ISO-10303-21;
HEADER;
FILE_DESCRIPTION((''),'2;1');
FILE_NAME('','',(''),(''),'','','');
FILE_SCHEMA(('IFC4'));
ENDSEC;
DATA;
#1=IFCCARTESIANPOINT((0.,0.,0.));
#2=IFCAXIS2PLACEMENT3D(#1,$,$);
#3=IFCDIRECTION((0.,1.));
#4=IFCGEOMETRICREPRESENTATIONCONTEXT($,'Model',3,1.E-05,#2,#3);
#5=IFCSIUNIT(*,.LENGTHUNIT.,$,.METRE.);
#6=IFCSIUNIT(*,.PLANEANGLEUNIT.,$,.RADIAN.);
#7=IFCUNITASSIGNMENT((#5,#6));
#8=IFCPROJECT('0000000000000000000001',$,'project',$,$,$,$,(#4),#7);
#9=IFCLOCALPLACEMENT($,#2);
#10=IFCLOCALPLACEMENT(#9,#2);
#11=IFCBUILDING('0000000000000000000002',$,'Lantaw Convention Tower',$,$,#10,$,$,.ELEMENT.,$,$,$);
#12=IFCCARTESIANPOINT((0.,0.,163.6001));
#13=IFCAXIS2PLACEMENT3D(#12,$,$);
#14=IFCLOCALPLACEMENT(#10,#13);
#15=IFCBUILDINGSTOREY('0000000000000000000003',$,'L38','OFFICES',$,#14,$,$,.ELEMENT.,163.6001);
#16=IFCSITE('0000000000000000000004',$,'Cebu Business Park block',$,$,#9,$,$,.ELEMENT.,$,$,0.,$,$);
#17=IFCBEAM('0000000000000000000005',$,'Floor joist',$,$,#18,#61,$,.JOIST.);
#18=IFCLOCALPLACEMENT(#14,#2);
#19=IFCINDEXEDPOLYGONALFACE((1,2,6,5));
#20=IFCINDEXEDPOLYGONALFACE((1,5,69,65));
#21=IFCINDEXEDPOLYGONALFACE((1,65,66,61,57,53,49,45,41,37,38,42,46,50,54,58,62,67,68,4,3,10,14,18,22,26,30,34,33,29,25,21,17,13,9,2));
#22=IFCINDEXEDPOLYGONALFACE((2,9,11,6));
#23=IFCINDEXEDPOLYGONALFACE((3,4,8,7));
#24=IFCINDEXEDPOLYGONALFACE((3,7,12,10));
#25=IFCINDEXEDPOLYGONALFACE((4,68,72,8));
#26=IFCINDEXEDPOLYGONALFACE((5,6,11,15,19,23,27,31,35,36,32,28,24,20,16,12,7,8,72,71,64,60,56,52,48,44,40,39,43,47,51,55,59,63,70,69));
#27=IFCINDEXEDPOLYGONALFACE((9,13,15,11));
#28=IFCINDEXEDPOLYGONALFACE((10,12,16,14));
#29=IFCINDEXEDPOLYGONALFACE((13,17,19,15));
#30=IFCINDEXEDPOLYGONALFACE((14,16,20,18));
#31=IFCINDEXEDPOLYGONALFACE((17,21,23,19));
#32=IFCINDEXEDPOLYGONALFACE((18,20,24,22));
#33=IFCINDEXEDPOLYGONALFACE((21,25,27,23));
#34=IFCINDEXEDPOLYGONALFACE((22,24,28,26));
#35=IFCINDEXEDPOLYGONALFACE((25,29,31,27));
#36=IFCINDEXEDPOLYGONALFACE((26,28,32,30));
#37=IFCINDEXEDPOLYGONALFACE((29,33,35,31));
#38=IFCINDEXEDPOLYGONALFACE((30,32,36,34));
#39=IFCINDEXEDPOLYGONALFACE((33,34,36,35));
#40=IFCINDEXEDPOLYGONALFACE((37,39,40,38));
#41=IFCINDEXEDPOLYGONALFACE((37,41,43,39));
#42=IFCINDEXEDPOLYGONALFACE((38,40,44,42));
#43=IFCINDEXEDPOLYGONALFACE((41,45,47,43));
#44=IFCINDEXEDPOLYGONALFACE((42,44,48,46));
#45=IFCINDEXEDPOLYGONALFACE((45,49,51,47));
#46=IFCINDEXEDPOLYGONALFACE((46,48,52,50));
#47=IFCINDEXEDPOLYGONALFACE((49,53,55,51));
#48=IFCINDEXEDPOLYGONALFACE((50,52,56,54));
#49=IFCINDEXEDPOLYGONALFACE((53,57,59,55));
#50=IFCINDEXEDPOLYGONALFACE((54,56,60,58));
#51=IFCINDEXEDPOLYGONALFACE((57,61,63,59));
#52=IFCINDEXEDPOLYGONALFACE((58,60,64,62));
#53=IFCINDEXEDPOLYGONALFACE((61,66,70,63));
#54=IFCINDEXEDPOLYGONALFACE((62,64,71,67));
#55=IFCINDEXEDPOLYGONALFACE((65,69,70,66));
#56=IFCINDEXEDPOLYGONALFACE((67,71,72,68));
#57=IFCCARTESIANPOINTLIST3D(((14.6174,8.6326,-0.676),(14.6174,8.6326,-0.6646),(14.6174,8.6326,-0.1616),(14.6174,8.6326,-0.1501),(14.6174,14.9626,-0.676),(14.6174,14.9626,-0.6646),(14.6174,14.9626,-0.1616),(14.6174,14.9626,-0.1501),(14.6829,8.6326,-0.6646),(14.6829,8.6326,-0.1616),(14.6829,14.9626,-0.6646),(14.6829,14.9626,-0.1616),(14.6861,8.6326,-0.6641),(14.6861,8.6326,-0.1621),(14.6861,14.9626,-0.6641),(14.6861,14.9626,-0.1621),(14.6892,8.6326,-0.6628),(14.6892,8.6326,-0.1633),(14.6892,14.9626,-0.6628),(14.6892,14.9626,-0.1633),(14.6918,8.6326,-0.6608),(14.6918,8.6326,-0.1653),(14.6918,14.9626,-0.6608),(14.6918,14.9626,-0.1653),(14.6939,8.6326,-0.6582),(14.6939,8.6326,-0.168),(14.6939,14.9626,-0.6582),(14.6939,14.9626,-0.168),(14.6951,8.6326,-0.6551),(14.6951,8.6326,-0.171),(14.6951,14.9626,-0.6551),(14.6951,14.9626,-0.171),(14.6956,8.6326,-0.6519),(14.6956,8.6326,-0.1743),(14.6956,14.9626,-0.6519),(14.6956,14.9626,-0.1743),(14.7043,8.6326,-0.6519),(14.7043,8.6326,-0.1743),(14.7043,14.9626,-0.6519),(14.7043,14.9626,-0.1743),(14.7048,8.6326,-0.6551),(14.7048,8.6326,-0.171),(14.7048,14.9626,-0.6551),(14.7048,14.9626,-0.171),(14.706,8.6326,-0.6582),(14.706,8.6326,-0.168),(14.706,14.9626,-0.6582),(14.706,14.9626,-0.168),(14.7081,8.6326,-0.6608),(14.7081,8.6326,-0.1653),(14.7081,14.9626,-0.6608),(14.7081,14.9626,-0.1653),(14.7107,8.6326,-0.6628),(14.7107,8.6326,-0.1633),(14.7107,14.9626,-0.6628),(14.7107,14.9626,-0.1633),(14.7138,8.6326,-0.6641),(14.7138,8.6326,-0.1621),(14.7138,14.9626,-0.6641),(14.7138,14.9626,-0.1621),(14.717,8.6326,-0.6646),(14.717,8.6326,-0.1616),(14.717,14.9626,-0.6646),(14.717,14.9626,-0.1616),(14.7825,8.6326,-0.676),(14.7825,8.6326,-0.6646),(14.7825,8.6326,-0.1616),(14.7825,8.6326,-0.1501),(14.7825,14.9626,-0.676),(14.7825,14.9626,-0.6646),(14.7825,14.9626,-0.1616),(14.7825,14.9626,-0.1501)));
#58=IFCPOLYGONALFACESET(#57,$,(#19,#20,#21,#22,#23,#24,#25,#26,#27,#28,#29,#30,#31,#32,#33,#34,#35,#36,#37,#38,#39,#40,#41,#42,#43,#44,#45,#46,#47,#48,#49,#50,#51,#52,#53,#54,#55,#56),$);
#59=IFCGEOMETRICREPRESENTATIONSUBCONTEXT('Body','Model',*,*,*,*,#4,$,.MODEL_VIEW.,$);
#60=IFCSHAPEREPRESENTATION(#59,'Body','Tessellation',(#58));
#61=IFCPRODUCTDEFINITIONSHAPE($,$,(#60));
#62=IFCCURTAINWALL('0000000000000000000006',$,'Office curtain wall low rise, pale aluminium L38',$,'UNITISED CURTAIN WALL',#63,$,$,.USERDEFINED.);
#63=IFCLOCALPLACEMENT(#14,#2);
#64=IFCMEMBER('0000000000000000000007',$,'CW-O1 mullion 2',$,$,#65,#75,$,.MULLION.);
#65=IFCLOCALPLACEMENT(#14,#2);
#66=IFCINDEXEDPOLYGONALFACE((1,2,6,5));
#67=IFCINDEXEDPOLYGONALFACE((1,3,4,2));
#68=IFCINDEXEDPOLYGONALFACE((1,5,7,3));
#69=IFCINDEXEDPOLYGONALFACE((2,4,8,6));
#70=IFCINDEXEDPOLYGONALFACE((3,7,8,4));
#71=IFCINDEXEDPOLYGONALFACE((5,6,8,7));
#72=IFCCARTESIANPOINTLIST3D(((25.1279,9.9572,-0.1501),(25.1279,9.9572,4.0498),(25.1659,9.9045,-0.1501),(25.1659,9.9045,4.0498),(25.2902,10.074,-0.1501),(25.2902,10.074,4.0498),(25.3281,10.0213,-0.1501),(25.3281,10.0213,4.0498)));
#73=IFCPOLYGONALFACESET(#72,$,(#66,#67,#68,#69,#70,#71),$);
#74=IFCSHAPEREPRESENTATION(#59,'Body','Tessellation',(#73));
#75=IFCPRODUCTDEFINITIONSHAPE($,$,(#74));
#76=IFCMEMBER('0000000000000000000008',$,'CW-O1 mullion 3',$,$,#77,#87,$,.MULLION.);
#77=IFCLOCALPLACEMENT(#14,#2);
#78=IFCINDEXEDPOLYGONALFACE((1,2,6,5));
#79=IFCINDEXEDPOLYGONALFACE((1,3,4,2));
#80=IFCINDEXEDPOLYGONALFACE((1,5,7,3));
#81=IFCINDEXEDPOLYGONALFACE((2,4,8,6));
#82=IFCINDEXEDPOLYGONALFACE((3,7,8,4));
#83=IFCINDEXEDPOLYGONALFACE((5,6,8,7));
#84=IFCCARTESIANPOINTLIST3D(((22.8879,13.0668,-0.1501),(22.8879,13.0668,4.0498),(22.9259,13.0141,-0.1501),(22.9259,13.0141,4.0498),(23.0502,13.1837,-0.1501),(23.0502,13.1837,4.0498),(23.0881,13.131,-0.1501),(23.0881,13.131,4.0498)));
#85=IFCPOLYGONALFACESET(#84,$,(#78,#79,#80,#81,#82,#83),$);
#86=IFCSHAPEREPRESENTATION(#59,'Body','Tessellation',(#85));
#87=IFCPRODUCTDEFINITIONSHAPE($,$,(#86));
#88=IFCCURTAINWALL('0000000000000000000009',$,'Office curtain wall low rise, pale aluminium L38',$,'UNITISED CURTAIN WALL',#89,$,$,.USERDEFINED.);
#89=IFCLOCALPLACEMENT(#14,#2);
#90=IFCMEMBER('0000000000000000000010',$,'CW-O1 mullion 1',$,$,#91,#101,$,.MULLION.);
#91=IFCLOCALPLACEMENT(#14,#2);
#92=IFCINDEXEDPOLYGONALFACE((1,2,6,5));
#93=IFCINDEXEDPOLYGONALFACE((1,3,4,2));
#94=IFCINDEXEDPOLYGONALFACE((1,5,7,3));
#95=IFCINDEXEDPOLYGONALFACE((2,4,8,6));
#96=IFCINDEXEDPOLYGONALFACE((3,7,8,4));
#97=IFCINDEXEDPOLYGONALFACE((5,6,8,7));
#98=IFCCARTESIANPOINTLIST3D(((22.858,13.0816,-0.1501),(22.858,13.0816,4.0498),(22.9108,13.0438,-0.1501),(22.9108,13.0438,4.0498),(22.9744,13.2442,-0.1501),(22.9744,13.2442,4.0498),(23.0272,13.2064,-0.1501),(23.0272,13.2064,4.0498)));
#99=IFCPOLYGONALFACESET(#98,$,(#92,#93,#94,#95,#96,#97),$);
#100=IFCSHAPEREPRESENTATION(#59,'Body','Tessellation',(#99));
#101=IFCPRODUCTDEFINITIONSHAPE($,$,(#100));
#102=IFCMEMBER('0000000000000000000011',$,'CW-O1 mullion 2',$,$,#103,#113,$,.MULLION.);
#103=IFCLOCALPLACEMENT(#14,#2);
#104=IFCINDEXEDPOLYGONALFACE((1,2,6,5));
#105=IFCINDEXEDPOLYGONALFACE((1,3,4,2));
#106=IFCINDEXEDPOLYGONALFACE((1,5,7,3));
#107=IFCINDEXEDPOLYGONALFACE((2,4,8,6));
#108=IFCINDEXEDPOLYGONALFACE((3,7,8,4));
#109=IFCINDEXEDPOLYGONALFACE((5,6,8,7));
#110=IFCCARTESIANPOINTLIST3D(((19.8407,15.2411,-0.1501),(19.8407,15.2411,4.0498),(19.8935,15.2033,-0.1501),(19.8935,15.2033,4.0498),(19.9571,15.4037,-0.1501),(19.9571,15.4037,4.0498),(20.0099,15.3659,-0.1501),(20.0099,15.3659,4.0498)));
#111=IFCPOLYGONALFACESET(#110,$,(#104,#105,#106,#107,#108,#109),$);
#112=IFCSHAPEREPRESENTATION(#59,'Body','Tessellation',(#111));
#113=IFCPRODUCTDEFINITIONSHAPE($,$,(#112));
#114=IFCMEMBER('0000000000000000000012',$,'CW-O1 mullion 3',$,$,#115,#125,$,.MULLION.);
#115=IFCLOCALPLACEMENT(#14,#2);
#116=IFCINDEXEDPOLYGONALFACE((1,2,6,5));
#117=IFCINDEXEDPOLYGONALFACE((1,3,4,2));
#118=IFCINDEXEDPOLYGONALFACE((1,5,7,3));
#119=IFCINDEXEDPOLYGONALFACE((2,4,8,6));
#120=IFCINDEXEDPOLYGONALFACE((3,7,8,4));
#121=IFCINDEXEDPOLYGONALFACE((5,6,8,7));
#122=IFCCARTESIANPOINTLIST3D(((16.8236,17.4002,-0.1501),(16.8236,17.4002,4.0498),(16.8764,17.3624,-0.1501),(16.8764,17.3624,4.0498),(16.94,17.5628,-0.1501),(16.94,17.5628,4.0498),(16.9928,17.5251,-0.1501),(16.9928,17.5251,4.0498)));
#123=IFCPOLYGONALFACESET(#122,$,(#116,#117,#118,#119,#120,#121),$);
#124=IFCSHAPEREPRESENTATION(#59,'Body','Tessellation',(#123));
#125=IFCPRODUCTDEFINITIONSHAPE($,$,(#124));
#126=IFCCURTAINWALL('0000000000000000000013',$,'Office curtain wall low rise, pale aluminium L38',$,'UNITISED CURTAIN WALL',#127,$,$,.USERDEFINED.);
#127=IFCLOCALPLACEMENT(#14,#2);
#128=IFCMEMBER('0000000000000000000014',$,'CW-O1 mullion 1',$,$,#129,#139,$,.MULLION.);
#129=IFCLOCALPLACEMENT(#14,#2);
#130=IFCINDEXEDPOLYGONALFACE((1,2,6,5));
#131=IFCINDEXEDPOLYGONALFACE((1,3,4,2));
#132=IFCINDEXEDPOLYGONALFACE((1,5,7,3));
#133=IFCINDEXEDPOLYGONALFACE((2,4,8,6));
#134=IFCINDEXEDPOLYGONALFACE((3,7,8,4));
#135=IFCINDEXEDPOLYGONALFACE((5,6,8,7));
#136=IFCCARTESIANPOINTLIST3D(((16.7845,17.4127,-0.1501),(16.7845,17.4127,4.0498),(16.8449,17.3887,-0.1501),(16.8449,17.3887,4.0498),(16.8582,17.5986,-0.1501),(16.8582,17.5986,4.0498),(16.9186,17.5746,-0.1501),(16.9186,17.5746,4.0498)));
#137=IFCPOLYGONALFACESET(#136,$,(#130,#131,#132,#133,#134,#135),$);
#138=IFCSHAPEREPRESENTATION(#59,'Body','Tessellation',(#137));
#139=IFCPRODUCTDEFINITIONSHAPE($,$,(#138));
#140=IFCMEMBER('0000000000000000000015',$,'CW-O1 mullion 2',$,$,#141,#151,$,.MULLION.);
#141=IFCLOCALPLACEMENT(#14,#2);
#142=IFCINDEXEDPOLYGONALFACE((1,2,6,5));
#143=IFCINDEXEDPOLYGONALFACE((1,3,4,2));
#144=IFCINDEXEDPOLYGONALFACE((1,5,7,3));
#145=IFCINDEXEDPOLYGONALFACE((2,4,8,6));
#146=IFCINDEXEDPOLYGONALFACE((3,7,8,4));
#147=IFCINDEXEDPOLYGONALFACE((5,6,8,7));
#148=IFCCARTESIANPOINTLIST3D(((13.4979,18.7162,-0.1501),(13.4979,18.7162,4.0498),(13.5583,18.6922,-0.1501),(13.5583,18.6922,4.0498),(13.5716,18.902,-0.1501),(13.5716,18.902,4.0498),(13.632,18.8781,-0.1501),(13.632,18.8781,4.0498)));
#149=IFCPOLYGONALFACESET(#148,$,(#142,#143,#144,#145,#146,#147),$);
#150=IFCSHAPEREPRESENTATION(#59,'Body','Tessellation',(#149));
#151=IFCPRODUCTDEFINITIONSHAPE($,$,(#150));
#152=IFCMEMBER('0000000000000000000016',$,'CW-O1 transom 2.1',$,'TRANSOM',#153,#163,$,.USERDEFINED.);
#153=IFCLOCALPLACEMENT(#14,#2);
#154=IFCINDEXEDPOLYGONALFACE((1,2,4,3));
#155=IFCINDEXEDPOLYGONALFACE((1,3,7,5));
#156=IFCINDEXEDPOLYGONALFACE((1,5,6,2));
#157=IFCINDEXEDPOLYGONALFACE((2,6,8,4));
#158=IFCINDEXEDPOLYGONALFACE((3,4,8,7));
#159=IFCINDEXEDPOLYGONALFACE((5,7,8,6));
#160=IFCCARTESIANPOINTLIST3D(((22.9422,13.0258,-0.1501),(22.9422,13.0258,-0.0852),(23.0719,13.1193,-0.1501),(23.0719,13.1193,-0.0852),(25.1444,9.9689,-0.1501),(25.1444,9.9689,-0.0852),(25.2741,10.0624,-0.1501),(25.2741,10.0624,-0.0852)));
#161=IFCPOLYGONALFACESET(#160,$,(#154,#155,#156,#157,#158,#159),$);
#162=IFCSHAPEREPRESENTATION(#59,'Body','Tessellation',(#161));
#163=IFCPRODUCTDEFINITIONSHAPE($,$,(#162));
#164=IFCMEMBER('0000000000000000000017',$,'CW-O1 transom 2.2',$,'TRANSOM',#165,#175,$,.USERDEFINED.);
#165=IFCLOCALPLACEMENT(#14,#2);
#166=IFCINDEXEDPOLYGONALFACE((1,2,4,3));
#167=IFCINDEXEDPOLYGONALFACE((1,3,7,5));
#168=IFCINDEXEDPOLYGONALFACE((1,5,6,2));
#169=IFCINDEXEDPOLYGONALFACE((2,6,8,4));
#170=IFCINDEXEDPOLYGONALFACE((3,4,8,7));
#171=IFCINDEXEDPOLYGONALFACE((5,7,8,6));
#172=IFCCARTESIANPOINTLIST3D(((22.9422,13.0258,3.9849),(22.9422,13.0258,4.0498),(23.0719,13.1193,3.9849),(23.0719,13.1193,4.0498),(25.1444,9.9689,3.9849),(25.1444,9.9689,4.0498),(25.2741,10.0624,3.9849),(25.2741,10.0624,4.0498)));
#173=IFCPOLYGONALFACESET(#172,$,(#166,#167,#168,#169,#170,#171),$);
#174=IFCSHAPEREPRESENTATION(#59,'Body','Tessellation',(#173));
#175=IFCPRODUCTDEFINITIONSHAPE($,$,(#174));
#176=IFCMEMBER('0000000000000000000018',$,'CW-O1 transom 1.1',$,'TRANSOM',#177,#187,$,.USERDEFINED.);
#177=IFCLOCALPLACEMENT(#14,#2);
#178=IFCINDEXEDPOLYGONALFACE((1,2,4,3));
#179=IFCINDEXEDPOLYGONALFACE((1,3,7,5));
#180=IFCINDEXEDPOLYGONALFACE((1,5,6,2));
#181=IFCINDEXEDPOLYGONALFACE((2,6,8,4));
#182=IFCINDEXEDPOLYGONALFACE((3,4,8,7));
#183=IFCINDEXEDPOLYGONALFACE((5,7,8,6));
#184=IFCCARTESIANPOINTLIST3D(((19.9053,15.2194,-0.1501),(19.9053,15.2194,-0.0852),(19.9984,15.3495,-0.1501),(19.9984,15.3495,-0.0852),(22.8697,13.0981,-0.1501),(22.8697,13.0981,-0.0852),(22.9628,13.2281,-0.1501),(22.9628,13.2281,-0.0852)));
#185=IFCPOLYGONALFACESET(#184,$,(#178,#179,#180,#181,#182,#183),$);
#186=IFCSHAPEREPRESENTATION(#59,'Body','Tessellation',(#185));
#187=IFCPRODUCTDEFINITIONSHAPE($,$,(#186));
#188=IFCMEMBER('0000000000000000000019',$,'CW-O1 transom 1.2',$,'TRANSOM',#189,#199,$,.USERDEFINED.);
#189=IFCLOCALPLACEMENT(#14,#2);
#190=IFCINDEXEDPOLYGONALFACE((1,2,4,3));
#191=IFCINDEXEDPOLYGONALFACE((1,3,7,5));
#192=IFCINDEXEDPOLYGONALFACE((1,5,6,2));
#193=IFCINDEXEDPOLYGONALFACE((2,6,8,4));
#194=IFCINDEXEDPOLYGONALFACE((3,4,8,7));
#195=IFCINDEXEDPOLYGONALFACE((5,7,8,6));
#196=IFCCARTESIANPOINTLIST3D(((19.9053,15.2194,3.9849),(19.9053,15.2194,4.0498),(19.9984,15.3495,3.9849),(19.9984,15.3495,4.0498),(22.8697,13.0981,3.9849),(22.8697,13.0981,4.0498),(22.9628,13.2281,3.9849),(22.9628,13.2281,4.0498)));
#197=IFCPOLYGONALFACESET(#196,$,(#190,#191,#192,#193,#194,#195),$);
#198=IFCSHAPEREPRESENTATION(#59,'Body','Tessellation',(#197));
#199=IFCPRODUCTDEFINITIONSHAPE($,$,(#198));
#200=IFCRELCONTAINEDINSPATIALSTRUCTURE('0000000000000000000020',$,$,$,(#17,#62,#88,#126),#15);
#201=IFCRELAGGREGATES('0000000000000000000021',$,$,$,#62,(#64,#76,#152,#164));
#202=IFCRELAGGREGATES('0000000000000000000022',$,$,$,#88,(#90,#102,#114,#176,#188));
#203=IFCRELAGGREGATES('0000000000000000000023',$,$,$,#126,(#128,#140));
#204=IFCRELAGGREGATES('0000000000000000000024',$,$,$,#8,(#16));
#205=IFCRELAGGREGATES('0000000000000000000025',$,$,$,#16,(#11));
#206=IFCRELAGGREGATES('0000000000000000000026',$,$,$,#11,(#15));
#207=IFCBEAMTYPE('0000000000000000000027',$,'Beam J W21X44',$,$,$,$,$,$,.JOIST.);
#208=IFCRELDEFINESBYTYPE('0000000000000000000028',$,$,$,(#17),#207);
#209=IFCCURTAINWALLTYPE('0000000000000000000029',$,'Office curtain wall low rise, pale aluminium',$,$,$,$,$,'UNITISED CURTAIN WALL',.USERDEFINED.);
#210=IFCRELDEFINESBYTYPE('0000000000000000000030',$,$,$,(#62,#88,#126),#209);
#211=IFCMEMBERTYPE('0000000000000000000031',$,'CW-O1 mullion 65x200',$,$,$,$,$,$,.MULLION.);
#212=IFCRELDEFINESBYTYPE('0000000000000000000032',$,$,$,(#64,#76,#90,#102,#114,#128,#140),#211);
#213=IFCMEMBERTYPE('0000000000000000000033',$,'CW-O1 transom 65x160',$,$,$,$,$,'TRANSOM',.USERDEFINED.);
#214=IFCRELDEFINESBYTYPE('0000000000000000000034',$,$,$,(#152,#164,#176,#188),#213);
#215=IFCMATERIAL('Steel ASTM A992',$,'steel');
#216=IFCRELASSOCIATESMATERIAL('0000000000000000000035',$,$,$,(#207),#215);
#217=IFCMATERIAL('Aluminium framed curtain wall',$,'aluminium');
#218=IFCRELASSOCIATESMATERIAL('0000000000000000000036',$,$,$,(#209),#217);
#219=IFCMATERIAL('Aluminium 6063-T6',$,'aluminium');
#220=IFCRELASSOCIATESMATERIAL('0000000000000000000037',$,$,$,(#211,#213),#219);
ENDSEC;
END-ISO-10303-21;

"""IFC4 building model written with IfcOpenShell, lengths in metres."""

from ifc_helpers import new_model, si_unit, direction, frame, origin, origin_2d, place, context, subcontext, project, spatial, rectangle, i_section, extrude, material, material_profile, profile_set, type_object, element, aggregate, save


model = new_model("IFC4")

# Units and contexts
model_context = context("Model", 3, precision=1e-05, world=origin(), true_north=direction((0.0, 1.0)))
body_context = subcontext(model_context, "Body", "Model", "MODEL_VIEW")
ifc_project = project(units=[si_unit("LENGTHUNIT", "METRE"), si_unit("PLANEANGLEUNIT", "RADIAN")], contexts=[model_context])

# Site, building, storey
site_placement = place(None, origin())
site = spatial("IfcSite", under=ifc_project, at=site_placement, Name="Cebu Business Park block", CompositionType="ELEMENT", RefElevation=0.0)
building_placement = place(site_placement, origin())
building = spatial("IfcBuilding", under=site, at=building_placement, Name="Lantaw Convention Tower", CompositionType="ELEMENT")
storey_placement = place(building_placement, frame((0.0, 0.0, 163.6001)))
storey = spatial("IfcBuildingStorey", under=building, at=storey_placement, Name="L38", Description="OFFICES", CompositionType="ELEMENT", Elevation=163.6001)

# Beam
ifc_material_1 = material(Name="Steel ASTM A992", Category="steel")
ifc_material_profile_1 = material_profile(ifc_material_1, i_section(OverallWidth=0.165, OverallDepth=0.5259, WebThickness=0.0088, FlangeThickness=0.0115, FilletRadius=0.0127, at=origin_2d()), Name="W21X44")
ifc_profile_set_1 = profile_set([ifc_material_profile_1], Name="Steel ASTM A992")
beam_type_1 = type_object("IfcBeamType", Name="Beam J W21X44", PredefinedType="JOIST", material=ifc_profile_set_1)
beam_1_placement = place(storey_placement, frame((14.7, 8.6326, -0.4131), z_axis=(0.0, 1.0, 0.0), x_axis=(-1.0, 0.0, 0.0)))
element("IfcBeam", 1, at=beam_1_placement, inside=storey, type_object=beam_type_1, Name="Floor joist", PredefinedType="JOIST", context=body_context, shape_type="SweptSolid", body=[
    extrude(i_section(OverallWidth=0.165, OverallDepth=0.5259, WebThickness=0.0088, FlangeThickness=0.0115, FilletRadius=0.0127, at=origin_2d()), origin(), (0.0, 0.0, 1.0), 6.3301),
])

# Curtain walls, members
ifc_material_2 = material(Name="Aluminium framed curtain wall", Category="aluminium")
curtain_wall_type = type_object("IfcCurtainWallType", Name="Office curtain wall low rise, pale aluminium", ElementType="UNITISED CURTAIN WALL", PredefinedType="USERDEFINED", material=ifc_material_2)
curtain_wall_1_placement = place(storey_placement, origin())
curtain_wall_1 = element("IfcCurtainWall", 2, at=curtain_wall_1_placement, inside=storey, type_object=curtain_wall_type, Name="Office curtain wall low rise, pale aluminium L38", ObjectType="UNITISED CURTAIN WALL", PredefinedType="USERDEFINED")
ifc_material_3 = material(Name="Aluminium 6063-T6", Category="aluminium")
ifc_material_profile_2 = material_profile(ifc_material_3, rectangle(XDim=0.2, YDim=0.0649, at=origin_2d()), Name="CW-O1 mullion 65x200")
ifc_profile_set_2 = profile_set([ifc_material_profile_2], Name="Aluminium 6063-T6")
member_type_1 = type_object("IfcMemberType", Name="CW-O1 mullion 65x200", PredefinedType="MULLION", material=ifc_profile_set_2)
member_1_placement = place(storey_placement, frame((25.228, 9.9893, -0.1501), z_axis=(0.0, 0.0, 1.0), x_axis=(-0.811385, -0.584513, 0.0)))
member_1 = element("IfcMember", 3, at=member_1_placement, type_object=member_type_1, Name="CW-O1 mullion 2", PredefinedType="MULLION", context=body_context, shape_type="SweptSolid", body=[
    extrude(rectangle(XDim=0.2, YDim=0.0649, at=origin_2d()), origin(), (0.0, 0.0, 1.0), 4.2),
])
member_2_placement = place(storey_placement, frame((22.988, 13.0989, -0.1501), z_axis=(0.0, 0.0, 1.0), x_axis=(-0.811385, -0.584513, 0.0)))
member_2 = element("IfcMember", 4, at=member_2_placement, type_object=member_type_1, Name="CW-O1 mullion 3", PredefinedType="MULLION", context=body_context, shape_type="SweptSolid", body=[
    extrude(rectangle(XDim=0.2, YDim=0.0649, at=origin_2d()), origin(), (0.0, 0.0, 1.0), 4.2),
])
curtain_wall_2_placement = place(storey_placement, origin())
curtain_wall_2 = element("IfcCurtainWall", 5, at=curtain_wall_2_placement, inside=storey, type_object=curtain_wall_type, Name="Office curtain wall low rise, pale aluminium L38", ObjectType="UNITISED CURTAIN WALL", PredefinedType="USERDEFINED")
member_3_placement = place(storey_placement, frame((22.9426, 13.144, -0.1501), z_axis=(0.0, 0.0, 1.0), x_axis=(-0.581973, -0.813208, 0.0)))
member_3 = element("IfcMember", 6, at=member_3_placement, type_object=member_type_1, Name="CW-O1 mullion 1", PredefinedType="MULLION", context=body_context, shape_type="SweptSolid", body=[
    extrude(rectangle(XDim=0.2, YDim=0.0649, at=origin_2d()), origin(), (0.0, 0.0, 1.0), 4.2),
])
member_4_placement = place(storey_placement, frame((19.9253, 15.3035, -0.1501), z_axis=(0.0, 0.0, 1.0), x_axis=(-0.581973, -0.813208, 0.0)))
member_4 = element("IfcMember", 7, at=member_4_placement, type_object=member_type_1, Name="CW-O1 mullion 2", PredefinedType="MULLION", context=body_context, shape_type="SweptSolid", body=[
    extrude(rectangle(XDim=0.2, YDim=0.0649, at=origin_2d()), origin(), (0.0, 0.0, 1.0), 4.2),
])
member_5_placement = place(storey_placement, frame((16.9082, 17.4626, -0.1501), z_axis=(0.0, 0.0, 1.0), x_axis=(-0.581973, -0.813208, 0.0)))
member_5 = element("IfcMember", 8, at=member_5_placement, type_object=member_type_1, Name="CW-O1 mullion 3", PredefinedType="MULLION", context=body_context, shape_type="SweptSolid", body=[
    extrude(rectangle(XDim=0.2, YDim=0.0649, at=origin_2d()), origin(), (0.0, 0.0, 1.0), 4.2),
])
curtain_wall_3_placement = place(storey_placement, origin())
curtain_wall_3 = element("IfcCurtainWall", 9, at=curtain_wall_3_placement, inside=storey, type_object=curtain_wall_type, Name="Office curtain wall low rise, pale aluminium L38", ObjectType="UNITISED CURTAIN WALL", PredefinedType="USERDEFINED")
member_6_placement = place(storey_placement, frame((16.8516, 17.4937, -0.1501), z_axis=(0.0, 0.0, 1.0), x_axis=(-0.368702, -0.929548, 0.0)))
member_6 = element("IfcMember", 10, at=member_6_placement, type_object=member_type_1, Name="CW-O1 mullion 1", PredefinedType="MULLION", context=body_context, shape_type="SweptSolid", body=[
    extrude(rectangle(XDim=0.2, YDim=0.0649, at=origin_2d()), origin(), (0.0, 0.0, 1.0), 4.2),
])
member_7_placement = place(storey_placement, frame((13.5649, 18.7971, -0.1501), z_axis=(0.0, 0.0, 1.0), x_axis=(-0.368702, -0.929548, 0.0)))
member_7 = element("IfcMember", 11, at=member_7_placement, type_object=member_type_1, Name="CW-O1 mullion 2", PredefinedType="MULLION", context=body_context, shape_type="SweptSolid", body=[
    extrude(rectangle(XDim=0.2, YDim=0.0649, at=origin_2d()), origin(), (0.0, 0.0, 1.0), 4.2),
])

# Members
ifc_material_profile_3 = material_profile(ifc_material_3, rectangle(XDim=0.1599, YDim=0.0649, at=origin_2d()), Name="CW-O1 transom 65x160")
ifc_profile_set_3 = profile_set([ifc_material_profile_3], Name="Aluminium 6063-T6")
member_type_2 = type_object("IfcMemberType", Name="CW-O1 transom 65x160", ElementType="TRANSOM", PredefinedType="USERDEFINED", material=ifc_profile_set_3)
member_8_placement = place(storey_placement, frame((25.2092, 10.0156, -0.1177), z_axis=(-0.584513, 0.811384, 0.0), x_axis=(-0.811384, -0.584513, 0.0)))
member_8 = element("IfcMember", 12, at=member_8_placement, type_object=member_type_2, Name="CW-O1 transom 2.1", ObjectType="TRANSOM", PredefinedType="USERDEFINED", context=body_context, shape_type="SweptSolid", body=[
    extrude(rectangle(XDim=0.1599, YDim=0.0649, at=origin_2d()), origin(), (0.0, 0.0, 1.0), 3.7676),
])
member_9_placement = place(storey_placement, frame((25.2092, 10.0156, 4.0173), z_axis=(-0.584513, 0.811384, 0.0), x_axis=(-0.811384, -0.584513, 0.0)))
member_9 = element("IfcMember", 13, at=member_9_placement, type_object=member_type_2, Name="CW-O1 transom 2.2", ObjectType="TRANSOM", PredefinedType="USERDEFINED", context=body_context, shape_type="SweptSolid", body=[
    extrude(rectangle(XDim=0.1599, YDim=0.0649, at=origin_2d()), origin(), (0.0, 0.0, 1.0), 3.7676),
])
member_10_placement = place(storey_placement, frame((22.9163, 13.1631, -0.1177), z_axis=(-0.813222, 0.581954, 0.0), x_axis=(-0.581954, -0.813222, 0.0)))
member_10 = element("IfcMember", 14, at=member_10_placement, type_object=member_type_2, Name="CW-O1 transom 1.1", ObjectType="TRANSOM", PredefinedType="USERDEFINED", context=body_context, shape_type="SweptSolid", body=[
    extrude(rectangle(XDim=0.1599, YDim=0.0649, at=origin_2d()), origin(), (0.0, 0.0, 1.0), 3.6453),
])
member_11_placement = place(storey_placement, frame((22.9163, 13.1631, 4.0173), z_axis=(-0.813222, 0.581954, 0.0), x_axis=(-0.581954, -0.813222, 0.0)))
member_11 = element("IfcMember", 15, at=member_11_placement, type_object=member_type_2, Name="CW-O1 transom 1.2", ObjectType="TRANSOM", PredefinedType="USERDEFINED", context=body_context, shape_type="SweptSolid", body=[
    extrude(rectangle(XDim=0.1599, YDim=0.0649, at=origin_2d()), origin(), (0.0, 0.0, 1.0), 3.6453),
])

aggregate(curtain_wall_1, [member_1, member_2, member_8, member_9])
aggregate(curtain_wall_2, [member_3, member_4, member_5, member_10, member_11])
aggregate(curtain_wall_3, [member_6, member_7])

save(model, "model.ifc")
